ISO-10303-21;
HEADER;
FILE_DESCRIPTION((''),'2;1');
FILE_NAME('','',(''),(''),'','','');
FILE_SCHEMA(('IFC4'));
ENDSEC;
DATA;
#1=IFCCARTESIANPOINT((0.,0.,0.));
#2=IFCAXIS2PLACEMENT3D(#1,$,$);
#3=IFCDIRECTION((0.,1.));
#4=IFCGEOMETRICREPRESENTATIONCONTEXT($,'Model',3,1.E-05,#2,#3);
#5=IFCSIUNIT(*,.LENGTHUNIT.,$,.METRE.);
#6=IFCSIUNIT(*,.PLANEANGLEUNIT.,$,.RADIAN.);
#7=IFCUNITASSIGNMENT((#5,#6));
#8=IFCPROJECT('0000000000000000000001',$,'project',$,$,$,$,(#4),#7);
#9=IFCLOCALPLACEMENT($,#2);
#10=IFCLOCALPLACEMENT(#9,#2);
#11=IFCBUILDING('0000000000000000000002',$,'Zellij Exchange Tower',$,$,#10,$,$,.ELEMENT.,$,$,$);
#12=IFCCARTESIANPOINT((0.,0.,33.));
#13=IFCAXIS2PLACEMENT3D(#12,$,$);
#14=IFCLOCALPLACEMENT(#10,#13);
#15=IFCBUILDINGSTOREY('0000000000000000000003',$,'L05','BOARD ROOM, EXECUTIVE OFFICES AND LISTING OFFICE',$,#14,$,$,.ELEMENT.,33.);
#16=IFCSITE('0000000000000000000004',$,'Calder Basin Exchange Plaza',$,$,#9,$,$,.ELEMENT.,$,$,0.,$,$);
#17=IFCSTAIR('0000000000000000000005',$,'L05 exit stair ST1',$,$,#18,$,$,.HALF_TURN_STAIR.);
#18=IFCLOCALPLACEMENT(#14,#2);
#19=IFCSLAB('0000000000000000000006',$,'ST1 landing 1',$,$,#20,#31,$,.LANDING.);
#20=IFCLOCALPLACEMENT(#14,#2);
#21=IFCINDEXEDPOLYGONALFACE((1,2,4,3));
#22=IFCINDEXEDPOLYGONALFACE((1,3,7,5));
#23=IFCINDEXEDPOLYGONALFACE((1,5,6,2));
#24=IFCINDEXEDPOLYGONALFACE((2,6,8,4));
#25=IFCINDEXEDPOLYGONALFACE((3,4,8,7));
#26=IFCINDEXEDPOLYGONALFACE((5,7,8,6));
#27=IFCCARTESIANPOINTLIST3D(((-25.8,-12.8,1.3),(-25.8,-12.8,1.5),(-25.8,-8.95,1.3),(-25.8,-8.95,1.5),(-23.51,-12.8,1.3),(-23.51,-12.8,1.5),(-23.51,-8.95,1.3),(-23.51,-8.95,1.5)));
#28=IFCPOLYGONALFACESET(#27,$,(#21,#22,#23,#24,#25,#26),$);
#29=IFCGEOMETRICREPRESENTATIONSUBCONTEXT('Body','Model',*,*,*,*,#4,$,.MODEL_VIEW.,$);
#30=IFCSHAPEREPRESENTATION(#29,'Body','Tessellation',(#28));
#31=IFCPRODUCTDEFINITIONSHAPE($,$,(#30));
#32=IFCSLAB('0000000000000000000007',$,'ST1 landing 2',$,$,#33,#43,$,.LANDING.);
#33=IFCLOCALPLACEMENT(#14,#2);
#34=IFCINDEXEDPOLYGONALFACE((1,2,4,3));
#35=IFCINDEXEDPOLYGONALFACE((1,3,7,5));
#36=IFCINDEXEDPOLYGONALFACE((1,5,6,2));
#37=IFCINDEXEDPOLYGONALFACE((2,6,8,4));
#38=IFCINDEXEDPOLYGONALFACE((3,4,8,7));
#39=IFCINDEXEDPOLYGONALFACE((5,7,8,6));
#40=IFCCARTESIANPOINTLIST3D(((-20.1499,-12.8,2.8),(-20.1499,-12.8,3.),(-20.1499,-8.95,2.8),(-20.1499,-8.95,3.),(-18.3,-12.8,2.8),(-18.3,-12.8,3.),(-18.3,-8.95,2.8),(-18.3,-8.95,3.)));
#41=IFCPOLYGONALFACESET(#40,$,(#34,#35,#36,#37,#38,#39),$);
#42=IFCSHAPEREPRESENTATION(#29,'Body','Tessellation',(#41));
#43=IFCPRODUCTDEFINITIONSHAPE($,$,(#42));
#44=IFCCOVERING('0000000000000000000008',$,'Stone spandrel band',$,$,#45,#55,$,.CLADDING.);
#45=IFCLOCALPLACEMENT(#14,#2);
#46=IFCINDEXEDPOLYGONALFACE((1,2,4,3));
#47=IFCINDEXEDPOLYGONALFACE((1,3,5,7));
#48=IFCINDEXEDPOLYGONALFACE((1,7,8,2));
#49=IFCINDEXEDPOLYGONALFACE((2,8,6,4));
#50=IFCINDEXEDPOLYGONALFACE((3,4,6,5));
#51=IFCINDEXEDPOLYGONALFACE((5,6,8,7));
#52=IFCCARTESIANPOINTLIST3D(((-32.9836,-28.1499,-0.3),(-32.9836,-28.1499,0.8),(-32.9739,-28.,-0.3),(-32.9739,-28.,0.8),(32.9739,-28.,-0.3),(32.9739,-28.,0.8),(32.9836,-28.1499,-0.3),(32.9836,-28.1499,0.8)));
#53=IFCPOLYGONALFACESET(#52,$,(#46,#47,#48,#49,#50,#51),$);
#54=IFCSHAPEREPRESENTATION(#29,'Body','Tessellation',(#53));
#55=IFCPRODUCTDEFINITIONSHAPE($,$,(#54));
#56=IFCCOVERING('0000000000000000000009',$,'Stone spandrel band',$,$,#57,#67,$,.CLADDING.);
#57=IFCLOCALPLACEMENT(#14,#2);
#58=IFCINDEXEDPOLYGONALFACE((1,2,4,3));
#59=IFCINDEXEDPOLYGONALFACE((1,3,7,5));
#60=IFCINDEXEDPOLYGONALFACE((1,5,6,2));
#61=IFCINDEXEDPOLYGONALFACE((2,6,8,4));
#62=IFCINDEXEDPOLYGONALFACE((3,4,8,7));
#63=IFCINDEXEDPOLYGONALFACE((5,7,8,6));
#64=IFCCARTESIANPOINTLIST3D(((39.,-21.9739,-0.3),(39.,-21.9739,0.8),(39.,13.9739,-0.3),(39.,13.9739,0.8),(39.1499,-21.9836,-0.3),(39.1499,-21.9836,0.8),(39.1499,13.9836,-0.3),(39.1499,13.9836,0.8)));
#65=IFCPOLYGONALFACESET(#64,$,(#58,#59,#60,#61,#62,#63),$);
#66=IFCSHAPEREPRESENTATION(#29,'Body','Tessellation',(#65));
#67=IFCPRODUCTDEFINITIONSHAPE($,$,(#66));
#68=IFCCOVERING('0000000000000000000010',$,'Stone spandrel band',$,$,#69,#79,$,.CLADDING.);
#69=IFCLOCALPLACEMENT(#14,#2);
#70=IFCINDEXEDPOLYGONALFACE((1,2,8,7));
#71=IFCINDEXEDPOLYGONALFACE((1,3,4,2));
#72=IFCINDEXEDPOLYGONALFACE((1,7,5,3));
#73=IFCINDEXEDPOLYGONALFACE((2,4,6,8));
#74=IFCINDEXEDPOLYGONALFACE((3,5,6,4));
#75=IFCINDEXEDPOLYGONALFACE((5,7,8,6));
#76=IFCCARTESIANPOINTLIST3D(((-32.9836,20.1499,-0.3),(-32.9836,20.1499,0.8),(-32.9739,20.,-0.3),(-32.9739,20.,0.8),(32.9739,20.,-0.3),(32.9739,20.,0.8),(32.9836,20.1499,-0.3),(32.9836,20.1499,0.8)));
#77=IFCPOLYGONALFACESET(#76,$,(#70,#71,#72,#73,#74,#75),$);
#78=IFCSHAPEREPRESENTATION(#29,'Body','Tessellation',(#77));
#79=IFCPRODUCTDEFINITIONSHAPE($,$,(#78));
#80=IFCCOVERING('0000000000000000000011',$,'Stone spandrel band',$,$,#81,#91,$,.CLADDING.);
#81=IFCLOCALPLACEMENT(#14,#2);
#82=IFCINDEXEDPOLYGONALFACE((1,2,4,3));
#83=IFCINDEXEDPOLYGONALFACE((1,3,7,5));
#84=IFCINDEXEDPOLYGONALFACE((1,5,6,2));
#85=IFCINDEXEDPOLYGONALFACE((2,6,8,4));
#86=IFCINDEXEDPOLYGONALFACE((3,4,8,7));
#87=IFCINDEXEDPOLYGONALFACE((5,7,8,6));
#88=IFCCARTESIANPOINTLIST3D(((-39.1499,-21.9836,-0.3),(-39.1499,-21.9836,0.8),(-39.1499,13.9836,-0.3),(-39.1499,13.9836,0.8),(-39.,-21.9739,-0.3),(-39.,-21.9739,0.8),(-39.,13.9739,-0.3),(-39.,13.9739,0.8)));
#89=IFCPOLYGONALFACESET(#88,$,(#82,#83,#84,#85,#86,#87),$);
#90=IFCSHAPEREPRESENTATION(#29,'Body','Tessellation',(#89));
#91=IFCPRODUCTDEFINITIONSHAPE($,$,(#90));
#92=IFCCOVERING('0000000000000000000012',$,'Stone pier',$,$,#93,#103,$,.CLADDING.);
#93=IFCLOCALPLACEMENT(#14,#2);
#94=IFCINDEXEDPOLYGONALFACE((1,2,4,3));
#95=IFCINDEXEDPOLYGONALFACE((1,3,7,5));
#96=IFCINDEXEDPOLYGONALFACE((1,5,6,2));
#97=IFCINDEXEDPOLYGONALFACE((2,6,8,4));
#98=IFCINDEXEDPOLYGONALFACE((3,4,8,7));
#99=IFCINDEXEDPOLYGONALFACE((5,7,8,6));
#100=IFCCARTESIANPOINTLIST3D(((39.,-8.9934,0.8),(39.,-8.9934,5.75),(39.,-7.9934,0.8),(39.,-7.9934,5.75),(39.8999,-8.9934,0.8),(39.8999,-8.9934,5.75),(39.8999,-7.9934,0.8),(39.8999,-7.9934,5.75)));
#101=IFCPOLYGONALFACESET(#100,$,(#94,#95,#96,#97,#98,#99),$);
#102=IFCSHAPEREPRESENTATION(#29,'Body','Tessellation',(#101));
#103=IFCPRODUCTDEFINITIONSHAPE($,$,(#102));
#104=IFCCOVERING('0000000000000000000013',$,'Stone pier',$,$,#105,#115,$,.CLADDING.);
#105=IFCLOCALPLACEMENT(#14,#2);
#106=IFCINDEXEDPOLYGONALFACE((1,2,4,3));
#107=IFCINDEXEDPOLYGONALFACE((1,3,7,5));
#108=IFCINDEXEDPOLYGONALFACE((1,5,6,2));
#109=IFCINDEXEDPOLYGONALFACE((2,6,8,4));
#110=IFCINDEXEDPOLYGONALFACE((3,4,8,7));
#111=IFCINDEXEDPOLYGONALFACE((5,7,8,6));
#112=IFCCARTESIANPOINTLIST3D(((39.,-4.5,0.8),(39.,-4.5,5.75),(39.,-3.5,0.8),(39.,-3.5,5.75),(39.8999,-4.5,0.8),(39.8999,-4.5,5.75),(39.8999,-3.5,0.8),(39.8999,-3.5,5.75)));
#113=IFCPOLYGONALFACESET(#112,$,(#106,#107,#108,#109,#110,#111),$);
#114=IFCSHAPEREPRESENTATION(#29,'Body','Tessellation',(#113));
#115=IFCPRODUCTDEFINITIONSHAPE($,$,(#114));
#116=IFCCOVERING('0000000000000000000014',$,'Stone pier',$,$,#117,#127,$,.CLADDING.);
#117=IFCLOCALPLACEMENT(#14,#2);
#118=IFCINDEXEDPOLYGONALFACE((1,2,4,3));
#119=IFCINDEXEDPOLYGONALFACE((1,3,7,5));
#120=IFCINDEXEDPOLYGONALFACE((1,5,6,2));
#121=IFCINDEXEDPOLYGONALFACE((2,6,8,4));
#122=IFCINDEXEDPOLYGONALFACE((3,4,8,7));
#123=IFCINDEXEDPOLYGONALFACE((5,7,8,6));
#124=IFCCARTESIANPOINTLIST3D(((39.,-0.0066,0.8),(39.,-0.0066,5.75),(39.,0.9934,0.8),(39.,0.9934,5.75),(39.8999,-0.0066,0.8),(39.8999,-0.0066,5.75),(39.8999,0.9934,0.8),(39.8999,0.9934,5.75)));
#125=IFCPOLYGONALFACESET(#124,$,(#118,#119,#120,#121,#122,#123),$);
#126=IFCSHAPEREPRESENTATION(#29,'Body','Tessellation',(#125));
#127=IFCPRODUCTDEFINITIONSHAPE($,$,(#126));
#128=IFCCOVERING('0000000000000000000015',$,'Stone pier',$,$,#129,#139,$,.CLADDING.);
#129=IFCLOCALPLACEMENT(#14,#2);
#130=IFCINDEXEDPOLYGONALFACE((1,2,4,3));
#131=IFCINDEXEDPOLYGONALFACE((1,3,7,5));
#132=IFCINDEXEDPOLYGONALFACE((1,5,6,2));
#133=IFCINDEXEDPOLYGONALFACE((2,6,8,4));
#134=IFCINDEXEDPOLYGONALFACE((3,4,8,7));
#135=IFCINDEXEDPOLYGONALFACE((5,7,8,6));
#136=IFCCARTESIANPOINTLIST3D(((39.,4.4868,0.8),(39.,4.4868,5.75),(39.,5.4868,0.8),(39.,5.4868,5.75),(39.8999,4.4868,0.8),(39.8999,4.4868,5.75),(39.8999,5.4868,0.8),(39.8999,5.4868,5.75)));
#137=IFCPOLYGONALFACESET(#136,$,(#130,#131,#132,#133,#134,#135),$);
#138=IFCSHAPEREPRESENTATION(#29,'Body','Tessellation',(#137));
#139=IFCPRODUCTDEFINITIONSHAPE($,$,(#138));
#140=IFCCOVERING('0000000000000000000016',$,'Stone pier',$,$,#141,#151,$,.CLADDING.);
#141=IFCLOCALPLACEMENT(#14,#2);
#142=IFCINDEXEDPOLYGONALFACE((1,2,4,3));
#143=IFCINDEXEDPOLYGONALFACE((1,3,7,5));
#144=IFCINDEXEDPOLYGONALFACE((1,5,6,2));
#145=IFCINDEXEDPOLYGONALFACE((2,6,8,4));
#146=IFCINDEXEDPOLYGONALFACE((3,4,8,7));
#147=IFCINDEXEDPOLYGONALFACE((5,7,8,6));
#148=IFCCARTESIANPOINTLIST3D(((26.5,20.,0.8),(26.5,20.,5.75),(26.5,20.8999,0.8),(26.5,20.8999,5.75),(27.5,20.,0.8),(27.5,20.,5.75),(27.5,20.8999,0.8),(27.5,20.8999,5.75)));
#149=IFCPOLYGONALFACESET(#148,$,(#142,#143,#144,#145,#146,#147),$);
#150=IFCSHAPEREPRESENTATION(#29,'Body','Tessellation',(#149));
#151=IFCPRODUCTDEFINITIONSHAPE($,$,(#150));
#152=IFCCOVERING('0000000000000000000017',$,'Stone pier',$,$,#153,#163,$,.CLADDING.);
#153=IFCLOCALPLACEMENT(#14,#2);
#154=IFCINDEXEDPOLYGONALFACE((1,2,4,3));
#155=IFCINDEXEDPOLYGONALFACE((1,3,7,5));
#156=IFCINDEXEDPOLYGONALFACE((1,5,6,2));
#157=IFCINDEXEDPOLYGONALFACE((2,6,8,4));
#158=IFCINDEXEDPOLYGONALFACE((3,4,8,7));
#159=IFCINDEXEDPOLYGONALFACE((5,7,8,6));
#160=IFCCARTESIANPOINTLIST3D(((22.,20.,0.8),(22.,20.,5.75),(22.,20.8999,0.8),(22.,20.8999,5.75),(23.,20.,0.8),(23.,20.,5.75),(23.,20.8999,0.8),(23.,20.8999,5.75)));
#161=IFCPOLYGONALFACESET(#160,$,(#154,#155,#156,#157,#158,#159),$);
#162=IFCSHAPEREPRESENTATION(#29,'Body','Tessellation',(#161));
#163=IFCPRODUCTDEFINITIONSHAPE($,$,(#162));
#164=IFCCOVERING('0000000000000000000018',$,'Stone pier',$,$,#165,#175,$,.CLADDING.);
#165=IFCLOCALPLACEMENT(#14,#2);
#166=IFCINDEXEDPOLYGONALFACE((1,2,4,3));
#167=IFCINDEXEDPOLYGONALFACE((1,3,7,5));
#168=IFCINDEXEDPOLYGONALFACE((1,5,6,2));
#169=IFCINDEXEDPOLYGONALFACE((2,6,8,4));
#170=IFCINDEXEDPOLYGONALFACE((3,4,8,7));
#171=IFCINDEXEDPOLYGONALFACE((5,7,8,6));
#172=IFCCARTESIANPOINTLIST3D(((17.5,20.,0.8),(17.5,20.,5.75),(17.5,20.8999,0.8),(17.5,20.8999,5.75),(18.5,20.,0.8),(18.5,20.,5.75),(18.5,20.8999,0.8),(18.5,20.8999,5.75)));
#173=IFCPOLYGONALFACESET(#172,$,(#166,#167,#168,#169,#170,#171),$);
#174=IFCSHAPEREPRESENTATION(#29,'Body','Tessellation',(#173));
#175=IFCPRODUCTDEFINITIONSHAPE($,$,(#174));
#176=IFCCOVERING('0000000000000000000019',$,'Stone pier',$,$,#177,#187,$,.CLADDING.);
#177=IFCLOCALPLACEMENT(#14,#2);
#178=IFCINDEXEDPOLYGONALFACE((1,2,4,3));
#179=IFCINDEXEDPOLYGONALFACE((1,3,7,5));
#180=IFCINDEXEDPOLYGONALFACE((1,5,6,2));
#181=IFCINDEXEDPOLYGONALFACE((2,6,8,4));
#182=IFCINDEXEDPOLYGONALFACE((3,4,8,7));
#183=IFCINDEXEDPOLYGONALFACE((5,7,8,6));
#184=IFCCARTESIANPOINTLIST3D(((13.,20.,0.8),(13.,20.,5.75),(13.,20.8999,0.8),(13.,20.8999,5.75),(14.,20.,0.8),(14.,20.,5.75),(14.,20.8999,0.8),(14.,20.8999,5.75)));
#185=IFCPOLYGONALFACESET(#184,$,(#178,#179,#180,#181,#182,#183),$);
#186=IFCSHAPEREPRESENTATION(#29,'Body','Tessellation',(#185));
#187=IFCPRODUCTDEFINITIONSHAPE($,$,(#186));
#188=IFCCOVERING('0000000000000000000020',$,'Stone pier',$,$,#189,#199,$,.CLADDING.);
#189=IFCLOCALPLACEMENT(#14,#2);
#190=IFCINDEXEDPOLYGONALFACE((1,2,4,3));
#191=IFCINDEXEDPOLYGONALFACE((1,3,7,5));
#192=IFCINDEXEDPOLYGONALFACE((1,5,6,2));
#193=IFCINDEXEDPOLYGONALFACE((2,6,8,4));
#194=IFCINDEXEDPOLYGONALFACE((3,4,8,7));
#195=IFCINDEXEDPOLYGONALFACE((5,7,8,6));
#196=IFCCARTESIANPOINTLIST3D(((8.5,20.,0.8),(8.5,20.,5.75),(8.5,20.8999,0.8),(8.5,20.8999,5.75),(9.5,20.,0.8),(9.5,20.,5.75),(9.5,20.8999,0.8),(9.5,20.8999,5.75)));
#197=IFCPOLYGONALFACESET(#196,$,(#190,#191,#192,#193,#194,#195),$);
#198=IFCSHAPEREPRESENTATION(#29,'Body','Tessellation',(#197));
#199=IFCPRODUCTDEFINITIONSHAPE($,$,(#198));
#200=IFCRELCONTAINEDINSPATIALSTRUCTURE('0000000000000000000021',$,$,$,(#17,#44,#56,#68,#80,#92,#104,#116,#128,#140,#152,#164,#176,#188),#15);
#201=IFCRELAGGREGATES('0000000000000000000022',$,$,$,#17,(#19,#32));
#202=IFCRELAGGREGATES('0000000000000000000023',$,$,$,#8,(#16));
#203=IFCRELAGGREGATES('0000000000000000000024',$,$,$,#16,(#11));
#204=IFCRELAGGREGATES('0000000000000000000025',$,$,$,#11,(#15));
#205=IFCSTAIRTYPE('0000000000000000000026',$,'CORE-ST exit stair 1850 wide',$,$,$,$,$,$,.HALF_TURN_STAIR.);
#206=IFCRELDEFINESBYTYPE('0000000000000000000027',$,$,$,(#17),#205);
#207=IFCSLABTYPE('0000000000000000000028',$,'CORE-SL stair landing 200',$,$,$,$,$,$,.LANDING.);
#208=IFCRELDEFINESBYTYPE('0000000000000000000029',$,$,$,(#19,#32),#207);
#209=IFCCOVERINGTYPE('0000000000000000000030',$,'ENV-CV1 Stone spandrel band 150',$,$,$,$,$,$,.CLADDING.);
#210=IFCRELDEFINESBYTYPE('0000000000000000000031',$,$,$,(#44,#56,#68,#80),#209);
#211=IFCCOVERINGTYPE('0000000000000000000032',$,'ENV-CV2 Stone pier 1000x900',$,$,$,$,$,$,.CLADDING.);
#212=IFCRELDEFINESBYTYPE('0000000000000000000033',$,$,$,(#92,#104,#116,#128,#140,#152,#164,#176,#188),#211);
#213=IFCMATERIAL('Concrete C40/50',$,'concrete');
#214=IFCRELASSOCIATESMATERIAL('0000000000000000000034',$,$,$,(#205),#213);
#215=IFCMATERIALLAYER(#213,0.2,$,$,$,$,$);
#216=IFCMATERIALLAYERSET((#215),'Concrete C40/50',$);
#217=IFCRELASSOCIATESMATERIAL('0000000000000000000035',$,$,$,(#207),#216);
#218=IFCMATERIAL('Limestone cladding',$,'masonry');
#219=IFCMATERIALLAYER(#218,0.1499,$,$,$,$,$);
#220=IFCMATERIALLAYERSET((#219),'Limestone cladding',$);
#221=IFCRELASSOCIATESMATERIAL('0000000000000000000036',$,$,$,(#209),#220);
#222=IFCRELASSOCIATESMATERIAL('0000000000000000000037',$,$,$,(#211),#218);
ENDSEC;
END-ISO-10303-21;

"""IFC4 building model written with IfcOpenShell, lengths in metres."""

from ifc_helpers import new_model, si_unit, direction, frame, origin, place, context, subcontext, project, spatial, polyline, outline, extrude, material, layer, layer_set, type_object, element, aggregate, save


model = new_model("IFC4")

# Units and contexts
model_context = context("Model", 3, precision=1e-05, world=origin(), true_north=direction((0.0, 1.0)))
body_context = subcontext(model_context, "Body", "Model", "MODEL_VIEW")
ifc_project = project(units=[si_unit("LENGTHUNIT", "METRE"), si_unit("PLANEANGLEUNIT", "RADIAN")], contexts=[model_context])

# Site, building, storey
site_placement = place(None, origin())
site = spatial("IfcSite", under=ifc_project, at=site_placement, Name="Calder Basin Exchange Plaza", CompositionType="ELEMENT", RefElevation=0.0)
building_placement = place(site_placement, origin())
building = spatial("IfcBuilding", under=site, at=building_placement, Name="Zellij Exchange Tower", CompositionType="ELEMENT")
storey_placement = place(building_placement, frame((0.0, 0.0, 33.0)))
storey = spatial("IfcBuildingStorey", under=building, at=storey_placement, Name="L05", Description="BOARD ROOM, EXECUTIVE OFFICES AND LISTING OFFICE", CompositionType="ELEMENT", Elevation=33.0)

# Stair, slabs
ifc_material_1 = material(Name="Concrete C40/50", Category="concrete")
stair_type = type_object("IfcStairType", Name="CORE-ST exit stair 1850 wide", PredefinedType="HALF_TURN_STAIR", material=ifc_material_1)
stair_placement = place(storey_placement, origin())
stair = element("IfcStair", 1, at=stair_placement, inside=storey, type_object=stair_type, Name="L05 exit stair ST1", PredefinedType="HALF_TURN_STAIR")
ifc_layer_1 = layer(ifc_material_1, 0.2)
ifc_layer_set_1 = layer_set([ifc_layer_1], Name="Concrete C40/50")
slab_type = type_object("IfcSlabType", Name="CORE-SL stair landing 200", PredefinedType="LANDING", material=ifc_layer_set_1)
slab_1_placement = place(storey_placement, frame((0.0, 0.0, 1.3)))
slab_1 = element("IfcSlab", 2, at=slab_1_placement, type_object=slab_type, Name="ST1 landing 1", PredefinedType="LANDING", context=body_context, shape_type="SweptSolid", body=[
    extrude(outline(polyline([(-23.51, -8.95), (-25.8, -8.95), (-25.8, -12.8), (-23.51, -12.8), (-23.51, -8.95)])), origin(), (0.0, 0.0, 1.0), 0.2),
])
slab_2_placement = place(storey_placement, frame((0.0, 0.0, 2.8)))
slab_2 = element("IfcSlab", 3, at=slab_2_placement, type_object=slab_type, Name="ST1 landing 2", PredefinedType="LANDING", context=body_context, shape_type="SweptSolid", body=[
    extrude(outline(polyline([(-18.3, -8.95), (-20.1499, -8.95), (-20.1499, -12.8), (-18.3, -12.8), (-18.3, -8.95)])), origin(), (0.0, 0.0, 1.0), 0.2),
])
aggregate(stair, [slab_1, slab_2])

# Coverings
ifc_material_2 = material(Name="Limestone cladding", Category="masonry")
ifc_layer_2 = layer(ifc_material_2, 0.1499)
ifc_layer_set_2 = layer_set([ifc_layer_2], Name="Limestone cladding")
covering_type_1 = type_object("IfcCoveringType", Name="ENV-CV1 Stone spandrel band 150", PredefinedType="CLADDING", material=ifc_layer_set_2)
covering_1_placement = place(storey_placement, frame((0.0, 0.0, -0.3)))
element("IfcCovering", 4, at=covering_1_placement, inside=storey, type_object=covering_type_1, Name="Stone spandrel band", PredefinedType="CLADDING", context=body_context, shape_type="SweptSolid", body=[
    extrude(outline(polyline([(-32.9739, -28.0), (32.9739, -28.0), (32.9836, -28.1499), (-32.9836, -28.1499), (-32.9739, -28.0)])), origin(), (0.0, 0.0, 1.0), 1.1001),
])
covering_2_placement = place(storey_placement, frame((0.0, 0.0, -0.3)))
element("IfcCovering", 5, at=covering_2_placement, inside=storey, type_object=covering_type_1, Name="Stone spandrel band", PredefinedType="CLADDING", context=body_context, shape_type="SweptSolid", body=[
    extrude(outline(polyline([(39.0, -21.9739), (39.0, 13.9739), (39.1499, 13.9836), (39.1499, -21.9836), (39.0, -21.9739)])), origin(), (0.0, 0.0, 1.0), 1.1001),
])
covering_3_placement = place(storey_placement, frame((0.0, 0.0, -0.3)))
element("IfcCovering", 6, at=covering_3_placement, inside=storey, type_object=covering_type_1, Name="Stone spandrel band", PredefinedType="CLADDING", context=body_context, shape_type="SweptSolid", body=[
    extrude(outline(polyline([(32.9739, 20.0), (-32.9739, 20.0), (-32.9836, 20.1499), (32.9836, 20.1499), (32.9739, 20.0)])), origin(), (0.0, 0.0, 1.0), 1.1001),
])
covering_4_placement = place(storey_placement, frame((0.0, 0.0, -0.3)))
element("IfcCovering", 7, at=covering_4_placement, inside=storey, type_object=covering_type_1, Name="Stone spandrel band", PredefinedType="CLADDING", context=body_context, shape_type="SweptSolid", body=[
    extrude(outline(polyline([(-39.0, 13.9739), (-39.0, -21.9739), (-39.1499, -21.9836), (-39.1499, 13.9836), (-39.0, 13.9739)])), origin(), (0.0, 0.0, 1.0), 1.1001),
])
covering_type_2 = type_object("IfcCoveringType", Name="ENV-CV2 Stone pier 1000x900", PredefinedType="CLADDING", material=ifc_material_2)
covering_5_placement = place(storey_placement, frame((0.0, 0.0, 0.8)))
element("IfcCovering", 8, at=covering_5_placement, inside=storey, type_object=covering_type_2, Name="Stone pier", PredefinedType="CLADDING", context=body_context, shape_type="SweptSolid", body=[
    extrude(outline(polyline([(39.0, -8.9934), (39.0, -7.9934), (39.8999, -7.9934), (39.8999, -8.9934), (39.0, -8.9934)])), origin(), (0.0, 0.0, 1.0), 4.95),
])
covering_6_placement = place(storey_placement, frame((0.0, 0.0, 0.8)))
element("IfcCovering", 9, at=covering_6_placement, inside=storey, type_object=covering_type_2, Name="Stone pier", PredefinedType="CLADDING", context=body_context, shape_type="SweptSolid", body=[
    extrude(outline(polyline([(39.0, -4.5), (39.0, -3.5), (39.8999, -3.5), (39.8999, -4.5), (39.0, -4.5)])), origin(), (0.0, 0.0, 1.0), 4.95),
])
covering_7_placement = place(storey_placement, frame((0.0, 0.0, 0.8)))
element("IfcCovering", 10, at=covering_7_placement, inside=storey, type_object=covering_type_2, Name="Stone pier", PredefinedType="CLADDING", context=body_context, shape_type="SweptSolid", body=[
    extrude(outline(polyline([(39.0, -0.0066), (39.0, 0.9934), (39.8999, 0.9934), (39.8999, -0.0066), (39.0, -0.0066)])), origin(), (0.0, 0.0, 1.0), 4.95),
])
covering_8_placement = place(storey_placement, frame((0.0, 0.0, 0.8)))
element("IfcCovering", 11, at=covering_8_placement, inside=storey, type_object=covering_type_2, Name="Stone pier", PredefinedType="CLADDING", context=body_context, shape_type="SweptSolid", body=[
    extrude(outline(polyline([(39.0, 4.4868), (39.0, 5.4868), (39.8999, 5.4868), (39.8999, 4.4868), (39.0, 4.4868)])), origin(), (0.0, 0.0, 1.0), 4.95),
])
covering_9_placement = place(storey_placement, frame((0.0, 0.0, 0.8)))
element("IfcCovering", 12, at=covering_9_placement, inside=storey, type_object=covering_type_2, Name="Stone pier", PredefinedType="CLADDING", context=body_context, shape_type="SweptSolid", body=[
    extrude(outline(polyline([(27.5, 20.0), (26.5, 20.0), (26.5, 20.8999), (27.5, 20.8999), (27.5, 20.0)])), origin(), (0.0, 0.0, 1.0), 4.95),
])
covering_10_placement = place(storey_placement, frame((0.0, 0.0, 0.8)))
element("IfcCovering", 13, at=covering_10_placement, inside=storey, type_object=covering_type_2, Name="Stone pier", PredefinedType="CLADDING", context=body_context, shape_type="SweptSolid", body=[
    extrude(outline(polyline([(23.0, 20.0), (22.0, 20.0), (22.0, 20.8999), (23.0, 20.8999), (23.0, 20.0)])), origin(), (0.0, 0.0, 1.0), 4.95),
])
covering_11_placement = place(storey_placement, frame((0.0, 0.0, 0.8)))
element("IfcCovering", 14, at=covering_11_placement, inside=storey, type_object=covering_type_2, Name="Stone pier", PredefinedType="CLADDING", context=body_context, shape_type="SweptSolid", body=[
    extrude(outline(polyline([(18.5, 20.0), (17.5, 20.0), (17.5, 20.8999), (18.5, 20.8999), (18.5, 20.0)])), origin(), (0.0, 0.0, 1.0), 4.95),
])
covering_12_placement = place(storey_placement, frame((0.0, 0.0, 0.8)))
element("IfcCovering", 15, at=covering_12_placement, inside=storey, type_object=covering_type_2, Name="Stone pier", PredefinedType="CLADDING", context=body_context, shape_type="SweptSolid", body=[
    extrude(outline(polyline([(14.0, 20.0), (13.0, 20.0), (13.0, 20.8999), (14.0, 20.8999), (14.0, 20.0)])), origin(), (0.0, 0.0, 1.0), 4.95),
])
covering_13_placement = place(storey_placement, frame((0.0, 0.0, 0.8)))
element("IfcCovering", 16, at=covering_13_placement, inside=storey, type_object=covering_type_2, Name="Stone pier", PredefinedType="CLADDING", context=body_context, shape_type="SweptSolid", body=[
    extrude(outline(polyline([(9.5, 20.0), (8.5, 20.0), (8.5, 20.8999), (9.5, 20.8999), (9.5, 20.0)])), origin(), (0.0, 0.0, 1.0), 4.95),
])

save(model, "model.ifc")
